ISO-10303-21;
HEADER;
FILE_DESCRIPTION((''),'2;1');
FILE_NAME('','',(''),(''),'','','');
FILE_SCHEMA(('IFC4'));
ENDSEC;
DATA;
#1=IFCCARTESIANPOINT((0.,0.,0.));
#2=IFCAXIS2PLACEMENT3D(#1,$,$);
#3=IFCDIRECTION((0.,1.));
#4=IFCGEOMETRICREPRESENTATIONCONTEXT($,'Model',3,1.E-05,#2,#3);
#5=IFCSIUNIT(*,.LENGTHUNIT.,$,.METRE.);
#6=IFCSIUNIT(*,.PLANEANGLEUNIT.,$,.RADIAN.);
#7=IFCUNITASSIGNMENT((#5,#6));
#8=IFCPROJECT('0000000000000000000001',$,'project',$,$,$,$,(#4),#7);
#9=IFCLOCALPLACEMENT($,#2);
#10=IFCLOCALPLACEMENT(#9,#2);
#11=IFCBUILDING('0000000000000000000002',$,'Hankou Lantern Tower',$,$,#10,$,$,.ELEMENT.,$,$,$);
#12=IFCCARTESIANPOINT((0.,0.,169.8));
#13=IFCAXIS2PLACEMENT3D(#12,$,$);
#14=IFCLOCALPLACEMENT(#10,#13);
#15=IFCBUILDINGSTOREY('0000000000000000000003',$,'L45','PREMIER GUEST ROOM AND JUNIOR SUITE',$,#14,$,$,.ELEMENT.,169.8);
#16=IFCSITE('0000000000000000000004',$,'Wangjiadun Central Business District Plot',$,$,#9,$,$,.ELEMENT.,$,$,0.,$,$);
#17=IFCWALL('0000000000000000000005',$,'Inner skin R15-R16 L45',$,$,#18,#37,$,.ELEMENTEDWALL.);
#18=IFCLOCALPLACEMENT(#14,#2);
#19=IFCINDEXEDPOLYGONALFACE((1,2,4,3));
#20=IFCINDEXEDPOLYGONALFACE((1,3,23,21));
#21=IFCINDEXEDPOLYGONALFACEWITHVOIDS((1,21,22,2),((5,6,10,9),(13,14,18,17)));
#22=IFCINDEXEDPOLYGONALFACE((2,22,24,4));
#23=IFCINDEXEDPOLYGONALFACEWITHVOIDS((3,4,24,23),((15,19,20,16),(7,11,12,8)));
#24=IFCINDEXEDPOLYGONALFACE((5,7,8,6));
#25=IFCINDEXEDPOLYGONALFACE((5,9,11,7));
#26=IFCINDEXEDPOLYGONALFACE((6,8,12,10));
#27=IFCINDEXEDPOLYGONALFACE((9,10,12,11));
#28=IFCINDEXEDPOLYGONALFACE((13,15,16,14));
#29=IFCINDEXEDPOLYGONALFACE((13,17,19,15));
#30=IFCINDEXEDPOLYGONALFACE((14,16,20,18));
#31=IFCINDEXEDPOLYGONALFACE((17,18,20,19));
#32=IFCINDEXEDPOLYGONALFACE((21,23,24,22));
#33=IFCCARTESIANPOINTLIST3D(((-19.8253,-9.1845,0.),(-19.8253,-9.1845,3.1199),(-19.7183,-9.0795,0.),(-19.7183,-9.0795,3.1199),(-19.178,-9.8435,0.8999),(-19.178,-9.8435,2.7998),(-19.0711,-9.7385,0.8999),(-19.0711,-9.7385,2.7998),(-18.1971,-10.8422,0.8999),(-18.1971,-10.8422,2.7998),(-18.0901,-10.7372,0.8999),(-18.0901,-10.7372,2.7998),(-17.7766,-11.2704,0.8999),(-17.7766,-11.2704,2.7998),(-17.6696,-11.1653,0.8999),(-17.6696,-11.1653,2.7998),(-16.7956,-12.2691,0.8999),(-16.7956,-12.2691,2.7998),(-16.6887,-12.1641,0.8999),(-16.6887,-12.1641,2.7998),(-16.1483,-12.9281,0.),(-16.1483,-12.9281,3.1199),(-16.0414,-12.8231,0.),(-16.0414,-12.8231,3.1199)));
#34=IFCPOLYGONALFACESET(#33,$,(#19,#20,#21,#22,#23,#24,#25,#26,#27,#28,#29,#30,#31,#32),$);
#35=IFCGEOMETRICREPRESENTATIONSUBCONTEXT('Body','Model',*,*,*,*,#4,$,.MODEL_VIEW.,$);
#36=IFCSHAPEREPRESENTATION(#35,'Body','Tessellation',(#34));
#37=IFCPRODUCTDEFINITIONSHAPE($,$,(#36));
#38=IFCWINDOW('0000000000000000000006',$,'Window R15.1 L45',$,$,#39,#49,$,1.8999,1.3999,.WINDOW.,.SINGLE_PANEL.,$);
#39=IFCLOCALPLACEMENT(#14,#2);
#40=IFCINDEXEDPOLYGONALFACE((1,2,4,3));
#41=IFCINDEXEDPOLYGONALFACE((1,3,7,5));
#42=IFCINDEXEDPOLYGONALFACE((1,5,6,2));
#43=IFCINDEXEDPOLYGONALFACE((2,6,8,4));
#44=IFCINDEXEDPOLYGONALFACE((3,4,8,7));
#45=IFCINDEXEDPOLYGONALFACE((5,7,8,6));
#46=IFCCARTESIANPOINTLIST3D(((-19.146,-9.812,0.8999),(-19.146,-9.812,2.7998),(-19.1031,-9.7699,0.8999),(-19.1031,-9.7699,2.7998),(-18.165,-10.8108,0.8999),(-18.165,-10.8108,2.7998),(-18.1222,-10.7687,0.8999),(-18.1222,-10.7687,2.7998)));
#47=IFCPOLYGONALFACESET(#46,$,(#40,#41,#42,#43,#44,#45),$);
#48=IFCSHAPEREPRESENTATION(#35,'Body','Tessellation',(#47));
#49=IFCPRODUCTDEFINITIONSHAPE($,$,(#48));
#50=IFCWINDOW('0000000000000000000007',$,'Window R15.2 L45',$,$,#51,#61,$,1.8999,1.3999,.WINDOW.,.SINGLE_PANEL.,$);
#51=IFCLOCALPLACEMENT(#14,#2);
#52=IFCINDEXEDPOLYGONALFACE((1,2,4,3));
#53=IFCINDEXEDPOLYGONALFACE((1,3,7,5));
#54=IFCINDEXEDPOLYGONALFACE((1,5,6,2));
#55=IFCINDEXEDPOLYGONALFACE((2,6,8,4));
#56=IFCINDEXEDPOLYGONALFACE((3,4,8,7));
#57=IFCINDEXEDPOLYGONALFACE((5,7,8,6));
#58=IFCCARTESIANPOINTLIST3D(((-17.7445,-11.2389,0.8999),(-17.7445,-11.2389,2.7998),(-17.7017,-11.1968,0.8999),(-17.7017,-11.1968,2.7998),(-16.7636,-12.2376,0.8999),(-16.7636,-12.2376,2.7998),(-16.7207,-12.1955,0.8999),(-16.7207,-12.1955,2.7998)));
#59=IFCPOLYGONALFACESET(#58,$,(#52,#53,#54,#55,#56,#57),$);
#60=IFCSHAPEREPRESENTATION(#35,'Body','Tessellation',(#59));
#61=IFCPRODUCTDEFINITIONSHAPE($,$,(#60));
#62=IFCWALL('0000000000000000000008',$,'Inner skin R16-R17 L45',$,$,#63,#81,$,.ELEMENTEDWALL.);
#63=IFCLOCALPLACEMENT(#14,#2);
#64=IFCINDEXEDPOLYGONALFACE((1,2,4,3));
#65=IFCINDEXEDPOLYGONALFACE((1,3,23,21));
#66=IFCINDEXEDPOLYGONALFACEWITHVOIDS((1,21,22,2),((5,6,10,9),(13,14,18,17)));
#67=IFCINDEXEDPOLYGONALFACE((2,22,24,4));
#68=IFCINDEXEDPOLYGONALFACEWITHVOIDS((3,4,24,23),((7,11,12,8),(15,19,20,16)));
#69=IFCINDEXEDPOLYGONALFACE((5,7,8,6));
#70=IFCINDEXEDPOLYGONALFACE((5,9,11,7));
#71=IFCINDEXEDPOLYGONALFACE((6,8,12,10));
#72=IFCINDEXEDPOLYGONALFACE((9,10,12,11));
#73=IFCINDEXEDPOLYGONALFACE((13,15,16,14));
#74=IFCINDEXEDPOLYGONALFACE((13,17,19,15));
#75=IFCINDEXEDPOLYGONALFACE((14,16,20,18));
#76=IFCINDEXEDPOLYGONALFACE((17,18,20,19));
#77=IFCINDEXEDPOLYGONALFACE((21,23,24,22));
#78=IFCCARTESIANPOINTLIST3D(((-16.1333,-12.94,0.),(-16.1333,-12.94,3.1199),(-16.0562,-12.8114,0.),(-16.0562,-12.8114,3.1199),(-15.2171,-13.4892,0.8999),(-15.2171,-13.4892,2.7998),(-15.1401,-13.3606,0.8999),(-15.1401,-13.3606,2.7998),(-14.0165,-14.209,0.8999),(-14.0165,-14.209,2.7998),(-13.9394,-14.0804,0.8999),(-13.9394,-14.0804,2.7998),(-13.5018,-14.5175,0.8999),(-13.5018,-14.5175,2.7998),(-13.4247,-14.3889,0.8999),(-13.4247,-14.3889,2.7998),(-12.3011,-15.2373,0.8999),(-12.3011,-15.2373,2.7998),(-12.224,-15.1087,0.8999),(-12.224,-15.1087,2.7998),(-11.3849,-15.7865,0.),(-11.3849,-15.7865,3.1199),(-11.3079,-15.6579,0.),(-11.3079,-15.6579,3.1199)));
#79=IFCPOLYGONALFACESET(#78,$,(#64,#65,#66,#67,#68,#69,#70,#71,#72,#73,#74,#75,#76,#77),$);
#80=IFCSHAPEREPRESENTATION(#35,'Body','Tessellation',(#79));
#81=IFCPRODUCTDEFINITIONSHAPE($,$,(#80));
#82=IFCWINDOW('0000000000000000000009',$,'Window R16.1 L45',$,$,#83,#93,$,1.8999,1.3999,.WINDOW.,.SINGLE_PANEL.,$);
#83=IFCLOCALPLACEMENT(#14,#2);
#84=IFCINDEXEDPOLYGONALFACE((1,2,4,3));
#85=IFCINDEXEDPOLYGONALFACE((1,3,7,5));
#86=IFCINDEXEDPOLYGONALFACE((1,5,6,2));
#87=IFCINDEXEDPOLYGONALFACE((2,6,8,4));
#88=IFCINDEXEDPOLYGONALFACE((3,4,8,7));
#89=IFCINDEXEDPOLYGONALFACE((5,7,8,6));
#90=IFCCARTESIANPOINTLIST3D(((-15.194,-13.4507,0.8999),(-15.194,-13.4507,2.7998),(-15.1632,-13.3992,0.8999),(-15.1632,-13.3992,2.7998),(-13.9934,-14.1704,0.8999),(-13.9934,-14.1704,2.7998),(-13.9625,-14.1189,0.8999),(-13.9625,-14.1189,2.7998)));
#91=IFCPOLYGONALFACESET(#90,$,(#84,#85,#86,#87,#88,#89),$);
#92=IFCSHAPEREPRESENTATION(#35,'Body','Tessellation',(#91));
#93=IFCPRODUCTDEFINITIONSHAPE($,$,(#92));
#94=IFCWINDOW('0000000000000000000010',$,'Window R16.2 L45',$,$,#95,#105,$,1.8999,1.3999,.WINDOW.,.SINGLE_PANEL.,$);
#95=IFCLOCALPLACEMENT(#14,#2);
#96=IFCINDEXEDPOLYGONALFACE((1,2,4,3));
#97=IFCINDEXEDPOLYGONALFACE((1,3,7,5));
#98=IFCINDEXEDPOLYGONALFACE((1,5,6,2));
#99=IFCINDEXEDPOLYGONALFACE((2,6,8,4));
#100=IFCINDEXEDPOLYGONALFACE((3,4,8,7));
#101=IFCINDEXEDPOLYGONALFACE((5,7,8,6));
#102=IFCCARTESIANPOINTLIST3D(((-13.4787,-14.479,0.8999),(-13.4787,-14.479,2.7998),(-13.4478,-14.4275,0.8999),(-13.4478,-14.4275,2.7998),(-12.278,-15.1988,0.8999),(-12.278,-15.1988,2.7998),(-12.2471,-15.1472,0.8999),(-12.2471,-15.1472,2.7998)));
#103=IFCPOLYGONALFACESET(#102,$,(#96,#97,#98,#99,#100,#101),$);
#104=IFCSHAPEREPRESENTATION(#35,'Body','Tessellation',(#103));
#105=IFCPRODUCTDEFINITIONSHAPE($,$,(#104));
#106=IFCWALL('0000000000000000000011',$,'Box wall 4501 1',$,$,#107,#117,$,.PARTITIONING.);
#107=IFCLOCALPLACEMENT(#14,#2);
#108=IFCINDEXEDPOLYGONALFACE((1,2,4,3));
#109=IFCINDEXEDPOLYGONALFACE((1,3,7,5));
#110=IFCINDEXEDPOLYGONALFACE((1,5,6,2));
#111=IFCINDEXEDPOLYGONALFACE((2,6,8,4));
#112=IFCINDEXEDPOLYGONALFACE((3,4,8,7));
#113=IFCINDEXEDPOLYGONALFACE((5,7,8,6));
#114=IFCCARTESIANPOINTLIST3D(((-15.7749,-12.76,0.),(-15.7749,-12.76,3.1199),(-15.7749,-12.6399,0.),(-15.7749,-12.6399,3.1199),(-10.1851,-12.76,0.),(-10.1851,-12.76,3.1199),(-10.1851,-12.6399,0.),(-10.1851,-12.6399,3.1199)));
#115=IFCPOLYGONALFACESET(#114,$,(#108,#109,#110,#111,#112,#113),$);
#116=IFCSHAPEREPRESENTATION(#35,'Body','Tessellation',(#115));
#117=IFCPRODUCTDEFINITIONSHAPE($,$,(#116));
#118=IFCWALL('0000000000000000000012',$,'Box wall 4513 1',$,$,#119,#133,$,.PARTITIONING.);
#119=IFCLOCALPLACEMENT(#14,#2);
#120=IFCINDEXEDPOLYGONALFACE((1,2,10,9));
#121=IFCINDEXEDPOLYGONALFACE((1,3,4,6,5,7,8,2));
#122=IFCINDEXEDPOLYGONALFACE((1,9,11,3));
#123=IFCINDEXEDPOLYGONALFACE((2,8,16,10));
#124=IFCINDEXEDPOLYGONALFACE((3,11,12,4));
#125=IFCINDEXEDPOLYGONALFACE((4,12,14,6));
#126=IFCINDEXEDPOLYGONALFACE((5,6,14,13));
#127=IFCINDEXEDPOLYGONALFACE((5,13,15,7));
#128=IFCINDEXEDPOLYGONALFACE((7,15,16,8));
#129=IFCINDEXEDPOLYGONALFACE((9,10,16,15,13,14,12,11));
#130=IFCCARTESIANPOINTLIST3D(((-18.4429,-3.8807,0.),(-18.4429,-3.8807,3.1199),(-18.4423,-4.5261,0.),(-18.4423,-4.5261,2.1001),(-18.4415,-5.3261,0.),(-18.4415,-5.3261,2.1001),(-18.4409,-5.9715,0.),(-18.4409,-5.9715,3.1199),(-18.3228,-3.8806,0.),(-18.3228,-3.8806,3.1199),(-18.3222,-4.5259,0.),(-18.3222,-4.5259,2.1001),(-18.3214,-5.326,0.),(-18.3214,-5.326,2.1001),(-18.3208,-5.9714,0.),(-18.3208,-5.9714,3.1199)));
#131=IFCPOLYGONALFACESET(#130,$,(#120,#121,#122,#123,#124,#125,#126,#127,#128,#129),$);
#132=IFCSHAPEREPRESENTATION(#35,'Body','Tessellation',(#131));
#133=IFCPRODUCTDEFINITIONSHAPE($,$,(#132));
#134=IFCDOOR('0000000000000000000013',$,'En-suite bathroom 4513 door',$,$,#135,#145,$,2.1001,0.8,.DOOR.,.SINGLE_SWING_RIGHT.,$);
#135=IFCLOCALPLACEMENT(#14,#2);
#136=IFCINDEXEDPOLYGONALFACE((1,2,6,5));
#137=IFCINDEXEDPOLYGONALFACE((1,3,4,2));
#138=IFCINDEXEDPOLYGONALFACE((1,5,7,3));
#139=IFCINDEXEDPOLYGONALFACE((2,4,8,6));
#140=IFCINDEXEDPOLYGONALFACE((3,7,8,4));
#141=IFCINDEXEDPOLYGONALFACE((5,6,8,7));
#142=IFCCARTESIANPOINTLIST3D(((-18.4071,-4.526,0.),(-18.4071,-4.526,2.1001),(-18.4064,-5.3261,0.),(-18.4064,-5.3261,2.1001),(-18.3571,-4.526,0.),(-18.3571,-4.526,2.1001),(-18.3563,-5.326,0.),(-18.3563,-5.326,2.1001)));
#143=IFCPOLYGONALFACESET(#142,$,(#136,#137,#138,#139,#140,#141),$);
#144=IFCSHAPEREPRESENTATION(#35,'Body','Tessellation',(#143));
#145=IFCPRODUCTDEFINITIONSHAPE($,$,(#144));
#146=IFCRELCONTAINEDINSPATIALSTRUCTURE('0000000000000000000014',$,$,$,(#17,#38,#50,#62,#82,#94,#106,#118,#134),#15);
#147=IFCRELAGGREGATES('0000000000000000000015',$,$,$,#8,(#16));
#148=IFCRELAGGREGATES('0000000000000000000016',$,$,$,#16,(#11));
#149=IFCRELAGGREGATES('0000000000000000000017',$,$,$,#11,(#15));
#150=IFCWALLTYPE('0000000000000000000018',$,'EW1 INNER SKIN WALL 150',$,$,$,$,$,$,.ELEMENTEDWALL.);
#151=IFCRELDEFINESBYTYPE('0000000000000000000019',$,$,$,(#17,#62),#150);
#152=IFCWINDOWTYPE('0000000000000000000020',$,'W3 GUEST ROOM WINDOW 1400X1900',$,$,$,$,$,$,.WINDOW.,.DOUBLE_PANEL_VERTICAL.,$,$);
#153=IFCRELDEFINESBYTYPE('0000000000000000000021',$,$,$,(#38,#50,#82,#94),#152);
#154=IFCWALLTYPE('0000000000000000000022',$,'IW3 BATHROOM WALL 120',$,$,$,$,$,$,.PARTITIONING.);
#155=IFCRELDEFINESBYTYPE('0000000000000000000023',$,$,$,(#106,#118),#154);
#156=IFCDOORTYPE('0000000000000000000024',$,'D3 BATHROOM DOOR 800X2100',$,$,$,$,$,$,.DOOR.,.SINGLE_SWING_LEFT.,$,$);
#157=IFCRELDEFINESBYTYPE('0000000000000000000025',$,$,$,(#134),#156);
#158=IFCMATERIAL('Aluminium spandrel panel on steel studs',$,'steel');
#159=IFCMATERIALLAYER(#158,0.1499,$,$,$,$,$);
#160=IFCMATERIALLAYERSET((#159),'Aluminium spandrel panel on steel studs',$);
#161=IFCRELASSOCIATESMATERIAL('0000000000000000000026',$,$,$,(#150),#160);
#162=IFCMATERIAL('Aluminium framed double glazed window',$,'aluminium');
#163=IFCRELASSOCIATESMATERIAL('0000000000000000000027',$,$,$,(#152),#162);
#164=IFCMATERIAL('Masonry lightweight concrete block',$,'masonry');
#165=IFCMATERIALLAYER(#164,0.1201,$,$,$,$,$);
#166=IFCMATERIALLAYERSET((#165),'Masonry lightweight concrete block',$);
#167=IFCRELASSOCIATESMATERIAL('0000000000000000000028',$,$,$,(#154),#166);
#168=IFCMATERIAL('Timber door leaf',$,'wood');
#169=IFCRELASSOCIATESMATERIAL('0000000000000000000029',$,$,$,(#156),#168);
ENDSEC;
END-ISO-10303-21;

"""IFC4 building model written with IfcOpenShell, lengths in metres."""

from ifc_helpers import new_model, si_unit, direction, frame, frame_2d, origin, place, context, subcontext, project, spatial, rectangle, extrude, material, layer, layer_set, type_object, element, fill, save


model = new_model("IFC4")

# Units and contexts
model_context = context("Model", 3, precision=1e-05, world=origin(), true_north=direction((0.0, 1.0)))
body_context = subcontext(model_context, "Body", "Model", "MODEL_VIEW")
ifc_project = project(units=[si_unit("LENGTHUNIT", "METRE"), si_unit("PLANEANGLEUNIT", "RADIAN")], contexts=[model_context])

# Site, building, storey
site_placement = place(None, origin())
site = spatial("IfcSite", under=ifc_project, at=site_placement, Name="Wangjiadun Central Business District Plot", CompositionType="ELEMENT", RefElevation=0.0)
building_placement = place(site_placement, origin())
building = spatial("IfcBuilding", under=site, at=building_placement, Name="Hankou Lantern Tower", CompositionType="ELEMENT")
storey_placement = place(building_placement, frame((0.0, 0.0, 169.8)))
storey = spatial("IfcBuildingStorey", under=building, at=storey_placement, Name="L45", Description="PREMIER GUEST ROOM AND JUNIOR SUITE", CompositionType="ELEMENT", Elevation=169.8)

# Walls, openings, windows
ifc_material_1 = material(Name="Aluminium spandrel panel on steel studs", Category="steel")
ifc_layer_1 = layer(ifc_material_1, 0.1499)
ifc_layer_set_1 = layer_set([ifc_layer_1], Name="Aluminium spandrel panel on steel studs")
wall_type_1 = type_object("IfcWallType", Name="EW1 INNER SKIN WALL 150", PredefinedType="ELEMENTEDWALL", material=ifc_layer_set_1)
wall_1_placement = place(storey_placement, frame((-19.7717, -9.1321, 0.0), z_axis=(0.0, 0.0, 1.0), x_axis=(0.700727, -0.713429, 0.0)))
wall_1 = element("IfcWall", 1, at=wall_1_placement, inside=storey, type_object=wall_type_1, Name="Inner skin R15-R16 L45", PredefinedType="ELEMENTEDWALL", context=body_context, shape_type="SweptSolid", body=[
    extrude(rectangle(XDim=5.2473, YDim=0.1499, at=frame_2d((2.6235, 0.0))), origin(), (0.0, 0.0, 1.0), 3.1199),
])
opening_1_placement = place(wall_1_placement, frame((0.9236, 0.0, 0.8999)))
opening_1 = element("IfcOpeningElement", 2, at=opening_1_placement, cuts=wall_1, PredefinedType="OPENING", context=body_context, shape_type="SweptSolid", body=[
    extrude(rectangle(XDim=1.3999, YDim=1.8999, at=frame_2d((0.7, 0.95))), frame((0.0, 0.085, 0.0), z_axis=(0.0, -1.0, 0.0), x_axis=(1.0, 0.0, 0.0)), (0.0, 0.0, 1.0), 0.1699),
])
opening_2_placement = place(wall_1_placement, frame((2.9236, 0.0, 0.8999)))
opening_2 = element("IfcOpeningElement", 3, at=opening_2_placement, cuts=wall_1, PredefinedType="OPENING", context=body_context, shape_type="SweptSolid", body=[
    extrude(rectangle(XDim=1.3999, YDim=1.8999, at=frame_2d((0.7, 0.95))), frame((0.0, 0.085, 0.0), z_axis=(0.0, -1.0, 0.0), x_axis=(1.0, 0.0, 0.0)), (0.0, 0.0, 1.0), 0.1699),
])
ifc_material_2 = material(Name="Aluminium framed double glazed window", Category="aluminium")
window_type = type_object("IfcWindowType", Name="W3 GUEST ROOM WINDOW 1400X1900", PartitioningType="DOUBLE_PANEL_VERTICAL", PredefinedType="WINDOW", material=ifc_material_2)
window_1_placement = place(opening_1_placement, origin())
window_1 = element("IfcWindow", 4, at=window_1_placement, inside=storey, type_object=window_type, Name="Window R15.1 L45", OverallHeight=1.8999, OverallWidth=1.3999, PartitioningType="SINGLE_PANEL", PredefinedType="WINDOW", context=body_context, shape_type="SweptSolid", body=[
    extrude(rectangle(XDim=1.3999, YDim=1.8999, at=frame_2d((0.7, 0.95))), frame((0.0, 0.03, 0.0), z_axis=(0.0, -1.0, 0.0), x_axis=(1.0, 0.0, 0.0)), (0.0, 0.0, 1.0), 0.0601),
])
fill(opening_1, window_1)
window_2_placement = place(opening_2_placement, origin())
window_2 = element("IfcWindow", 5, at=window_2_placement, inside=storey, type_object=window_type, Name="Window R15.2 L45", OverallHeight=1.8999, OverallWidth=1.3999, PartitioningType="SINGLE_PANEL", PredefinedType="WINDOW", context=body_context, shape_type="SweptSolid", body=[
    extrude(rectangle(XDim=1.3999, YDim=1.8999, at=frame_2d((0.7, 0.95))), frame((0.0, 0.03, 0.0), z_axis=(0.0, -1.0, 0.0), x_axis=(1.0, 0.0, 0.0)), (0.0, 0.0, 1.0), 0.0601),
])
fill(opening_2, window_2)
wall_2_placement = place(storey_placement, frame((-16.0947, -12.8757, 0.0), z_axis=(0.0, 0.0, 1.0), x_axis=(0.857695, -0.514158, 0.0)))
wall_2 = element("IfcWall", 6, at=wall_2_placement, inside=storey, type_object=wall_type_1, Name="Inner skin R16-R17 L45", PredefinedType="ELEMENTEDWALL", context=body_context, shape_type="SweptSolid", body=[
    extrude(rectangle(XDim=5.5361, YDim=0.1499, at=frame_2d((2.7681, 0.0))), origin(), (0.0, 0.0, 1.0), 3.1199),
])
opening_3_placement = place(wall_2_placement, frame((1.0681, 0.0, 0.8999)))
opening_3 = element("IfcOpeningElement", 7, at=opening_3_placement, cuts=wall_2, PredefinedType="OPENING", context=body_context, shape_type="SweptSolid", body=[
    extrude(rectangle(XDim=1.3999, YDim=1.8999, at=frame_2d((0.7, 0.95))), frame((0.0, 0.085, 0.0), z_axis=(0.0, -1.0, 0.0), x_axis=(1.0, 0.0, 0.0)), (0.0, 0.0, 1.0), 0.1699),
])
opening_4_placement = place(wall_2_placement, frame((3.0681, 0.0, 0.8999)))
opening_4 = element("IfcOpeningElement", 8, at=opening_4_placement, cuts=wall_2, PredefinedType="OPENING", context=body_context, shape_type="SweptSolid", body=[
    extrude(rectangle(XDim=1.3999, YDim=1.8999, at=frame_2d((0.7, 0.95))), frame((0.0, 0.085, 0.0), z_axis=(0.0, -1.0, 0.0), x_axis=(1.0, 0.0, 0.0)), (0.0, 0.0, 1.0), 0.1699),
])
window_3_placement = place(opening_3_placement, origin())
window_3 = element("IfcWindow", 9, at=window_3_placement, inside=storey, type_object=window_type, Name="Window R16.1 L45", OverallHeight=1.8999, OverallWidth=1.3999, PartitioningType="SINGLE_PANEL", PredefinedType="WINDOW", context=body_context, shape_type="SweptSolid", body=[
    extrude(rectangle(XDim=1.3999, YDim=1.8999, at=frame_2d((0.7, 0.95))), frame((0.0, 0.03, 0.0), z_axis=(0.0, -1.0, 0.0), x_axis=(1.0, 0.0, 0.0)), (0.0, 0.0, 1.0), 0.0601),
])
fill(opening_3, window_3)
window_4_placement = place(opening_4_placement, origin())
window_4 = element("IfcWindow", 10, at=window_4_placement, inside=storey, type_object=window_type, Name="Window R16.2 L45", OverallHeight=1.8999, OverallWidth=1.3999, PartitioningType="SINGLE_PANEL", PredefinedType="WINDOW", context=body_context, shape_type="SweptSolid", body=[
    extrude(rectangle(XDim=1.3999, YDim=1.8999, at=frame_2d((0.7, 0.95))), frame((0.0, 0.03, 0.0), z_axis=(0.0, -1.0, 0.0), x_axis=(1.0, 0.0, 0.0)), (0.0, 0.0, 1.0), 0.0601),
])
fill(opening_4, window_4)

# Wall
ifc_material_3 = material(Name="Masonry lightweight concrete block", Category="masonry")
ifc_layer_2 = layer(ifc_material_3, 0.1201)
ifc_layer_set_2 = layer_set([ifc_layer_2], Name="Masonry lightweight concrete block")
wall_type_2 = type_object("IfcWallType", Name="IW3 BATHROOM WALL 120", PredefinedType="PARTITIONING", material=ifc_layer_set_2)
wall_3_placement = place(storey_placement, frame((-15.7749, -12.7, 0.0), z_axis=(0.0, 0.0, 1.0), x_axis=(1.0, 0.0, 0.0)))
element("IfcWall", 11, at=wall_3_placement, inside=storey, type_object=wall_type_2, Name="Box wall 4501 1", PredefinedType="PARTITIONING", context=body_context, shape_type="SweptSolid", body=[
    extrude(rectangle(XDim=5.5898, YDim=0.1201, at=frame_2d((2.7949, 0.0))), origin(), (0.0, 0.0, 1.0), 3.1199),
])

# Wall, opening, door
wall_4_placement = place(storey_placement, frame((-18.3809, -5.9714, 0.0), z_axis=(0.0, 0.0, 1.0), x_axis=(-0.000934, 1.0, 0.0)))
wall_4 = element("IfcWall", 12, at=wall_4_placement, inside=storey, type_object=wall_type_2, Name="Box wall 4513 1", PredefinedType="PARTITIONING", context=body_context, shape_type="SweptSolid", body=[
    extrude(rectangle(XDim=2.0908, YDim=0.1201, at=frame_2d((1.0454, 0.0))), origin(), (0.0, 0.0, 1.0), 3.1199),
])
opening_5_placement = place(wall_4_placement, frame((0.6455, 0.0, 0.0)))
opening_5 = element("IfcOpeningElement", 13, at=opening_5_placement, cuts=wall_4, PredefinedType="OPENING", context=body_context, shape_type="SweptSolid", body=[
    extrude(rectangle(XDim=0.8, YDim=2.1001, at=frame_2d((0.3999, 1.05))), frame((0.0, 0.0701, 0.0), z_axis=(0.0, -1.0, 0.0), x_axis=(1.0, 0.0, 0.0)), (0.0, 0.0, 1.0), 0.1401),
])
ifc_material_4 = material(Name="Timber door leaf", Category="wood")
door_type = type_object("IfcDoorType", Name="D3 BATHROOM DOOR 800X2100", OperationType="SINGLE_SWING_LEFT", PredefinedType="DOOR", material=ifc_material_4)
door_1_placement = place(opening_5_placement, origin())
door_1 = element("IfcDoor", 14, at=door_1_placement, inside=storey, type_object=door_type, Name="En-suite bathroom 4513 door", OperationType="SINGLE_SWING_RIGHT", OverallHeight=2.1001, OverallWidth=0.8, PredefinedType="DOOR", context=body_context, shape_type="SweptSolid", body=[
    extrude(rectangle(XDim=0.8, YDim=2.1001, at=frame_2d((0.3999, 1.05))), frame((0.0, 0.0249, 0.0), z_axis=(0.0, -1.0, 0.0), x_axis=(1.0, 0.0, 0.0)), (0.0, 0.0, 1.0), 0.05),
])
fill(opening_5, door_1)

save(model, "model.ifc")
